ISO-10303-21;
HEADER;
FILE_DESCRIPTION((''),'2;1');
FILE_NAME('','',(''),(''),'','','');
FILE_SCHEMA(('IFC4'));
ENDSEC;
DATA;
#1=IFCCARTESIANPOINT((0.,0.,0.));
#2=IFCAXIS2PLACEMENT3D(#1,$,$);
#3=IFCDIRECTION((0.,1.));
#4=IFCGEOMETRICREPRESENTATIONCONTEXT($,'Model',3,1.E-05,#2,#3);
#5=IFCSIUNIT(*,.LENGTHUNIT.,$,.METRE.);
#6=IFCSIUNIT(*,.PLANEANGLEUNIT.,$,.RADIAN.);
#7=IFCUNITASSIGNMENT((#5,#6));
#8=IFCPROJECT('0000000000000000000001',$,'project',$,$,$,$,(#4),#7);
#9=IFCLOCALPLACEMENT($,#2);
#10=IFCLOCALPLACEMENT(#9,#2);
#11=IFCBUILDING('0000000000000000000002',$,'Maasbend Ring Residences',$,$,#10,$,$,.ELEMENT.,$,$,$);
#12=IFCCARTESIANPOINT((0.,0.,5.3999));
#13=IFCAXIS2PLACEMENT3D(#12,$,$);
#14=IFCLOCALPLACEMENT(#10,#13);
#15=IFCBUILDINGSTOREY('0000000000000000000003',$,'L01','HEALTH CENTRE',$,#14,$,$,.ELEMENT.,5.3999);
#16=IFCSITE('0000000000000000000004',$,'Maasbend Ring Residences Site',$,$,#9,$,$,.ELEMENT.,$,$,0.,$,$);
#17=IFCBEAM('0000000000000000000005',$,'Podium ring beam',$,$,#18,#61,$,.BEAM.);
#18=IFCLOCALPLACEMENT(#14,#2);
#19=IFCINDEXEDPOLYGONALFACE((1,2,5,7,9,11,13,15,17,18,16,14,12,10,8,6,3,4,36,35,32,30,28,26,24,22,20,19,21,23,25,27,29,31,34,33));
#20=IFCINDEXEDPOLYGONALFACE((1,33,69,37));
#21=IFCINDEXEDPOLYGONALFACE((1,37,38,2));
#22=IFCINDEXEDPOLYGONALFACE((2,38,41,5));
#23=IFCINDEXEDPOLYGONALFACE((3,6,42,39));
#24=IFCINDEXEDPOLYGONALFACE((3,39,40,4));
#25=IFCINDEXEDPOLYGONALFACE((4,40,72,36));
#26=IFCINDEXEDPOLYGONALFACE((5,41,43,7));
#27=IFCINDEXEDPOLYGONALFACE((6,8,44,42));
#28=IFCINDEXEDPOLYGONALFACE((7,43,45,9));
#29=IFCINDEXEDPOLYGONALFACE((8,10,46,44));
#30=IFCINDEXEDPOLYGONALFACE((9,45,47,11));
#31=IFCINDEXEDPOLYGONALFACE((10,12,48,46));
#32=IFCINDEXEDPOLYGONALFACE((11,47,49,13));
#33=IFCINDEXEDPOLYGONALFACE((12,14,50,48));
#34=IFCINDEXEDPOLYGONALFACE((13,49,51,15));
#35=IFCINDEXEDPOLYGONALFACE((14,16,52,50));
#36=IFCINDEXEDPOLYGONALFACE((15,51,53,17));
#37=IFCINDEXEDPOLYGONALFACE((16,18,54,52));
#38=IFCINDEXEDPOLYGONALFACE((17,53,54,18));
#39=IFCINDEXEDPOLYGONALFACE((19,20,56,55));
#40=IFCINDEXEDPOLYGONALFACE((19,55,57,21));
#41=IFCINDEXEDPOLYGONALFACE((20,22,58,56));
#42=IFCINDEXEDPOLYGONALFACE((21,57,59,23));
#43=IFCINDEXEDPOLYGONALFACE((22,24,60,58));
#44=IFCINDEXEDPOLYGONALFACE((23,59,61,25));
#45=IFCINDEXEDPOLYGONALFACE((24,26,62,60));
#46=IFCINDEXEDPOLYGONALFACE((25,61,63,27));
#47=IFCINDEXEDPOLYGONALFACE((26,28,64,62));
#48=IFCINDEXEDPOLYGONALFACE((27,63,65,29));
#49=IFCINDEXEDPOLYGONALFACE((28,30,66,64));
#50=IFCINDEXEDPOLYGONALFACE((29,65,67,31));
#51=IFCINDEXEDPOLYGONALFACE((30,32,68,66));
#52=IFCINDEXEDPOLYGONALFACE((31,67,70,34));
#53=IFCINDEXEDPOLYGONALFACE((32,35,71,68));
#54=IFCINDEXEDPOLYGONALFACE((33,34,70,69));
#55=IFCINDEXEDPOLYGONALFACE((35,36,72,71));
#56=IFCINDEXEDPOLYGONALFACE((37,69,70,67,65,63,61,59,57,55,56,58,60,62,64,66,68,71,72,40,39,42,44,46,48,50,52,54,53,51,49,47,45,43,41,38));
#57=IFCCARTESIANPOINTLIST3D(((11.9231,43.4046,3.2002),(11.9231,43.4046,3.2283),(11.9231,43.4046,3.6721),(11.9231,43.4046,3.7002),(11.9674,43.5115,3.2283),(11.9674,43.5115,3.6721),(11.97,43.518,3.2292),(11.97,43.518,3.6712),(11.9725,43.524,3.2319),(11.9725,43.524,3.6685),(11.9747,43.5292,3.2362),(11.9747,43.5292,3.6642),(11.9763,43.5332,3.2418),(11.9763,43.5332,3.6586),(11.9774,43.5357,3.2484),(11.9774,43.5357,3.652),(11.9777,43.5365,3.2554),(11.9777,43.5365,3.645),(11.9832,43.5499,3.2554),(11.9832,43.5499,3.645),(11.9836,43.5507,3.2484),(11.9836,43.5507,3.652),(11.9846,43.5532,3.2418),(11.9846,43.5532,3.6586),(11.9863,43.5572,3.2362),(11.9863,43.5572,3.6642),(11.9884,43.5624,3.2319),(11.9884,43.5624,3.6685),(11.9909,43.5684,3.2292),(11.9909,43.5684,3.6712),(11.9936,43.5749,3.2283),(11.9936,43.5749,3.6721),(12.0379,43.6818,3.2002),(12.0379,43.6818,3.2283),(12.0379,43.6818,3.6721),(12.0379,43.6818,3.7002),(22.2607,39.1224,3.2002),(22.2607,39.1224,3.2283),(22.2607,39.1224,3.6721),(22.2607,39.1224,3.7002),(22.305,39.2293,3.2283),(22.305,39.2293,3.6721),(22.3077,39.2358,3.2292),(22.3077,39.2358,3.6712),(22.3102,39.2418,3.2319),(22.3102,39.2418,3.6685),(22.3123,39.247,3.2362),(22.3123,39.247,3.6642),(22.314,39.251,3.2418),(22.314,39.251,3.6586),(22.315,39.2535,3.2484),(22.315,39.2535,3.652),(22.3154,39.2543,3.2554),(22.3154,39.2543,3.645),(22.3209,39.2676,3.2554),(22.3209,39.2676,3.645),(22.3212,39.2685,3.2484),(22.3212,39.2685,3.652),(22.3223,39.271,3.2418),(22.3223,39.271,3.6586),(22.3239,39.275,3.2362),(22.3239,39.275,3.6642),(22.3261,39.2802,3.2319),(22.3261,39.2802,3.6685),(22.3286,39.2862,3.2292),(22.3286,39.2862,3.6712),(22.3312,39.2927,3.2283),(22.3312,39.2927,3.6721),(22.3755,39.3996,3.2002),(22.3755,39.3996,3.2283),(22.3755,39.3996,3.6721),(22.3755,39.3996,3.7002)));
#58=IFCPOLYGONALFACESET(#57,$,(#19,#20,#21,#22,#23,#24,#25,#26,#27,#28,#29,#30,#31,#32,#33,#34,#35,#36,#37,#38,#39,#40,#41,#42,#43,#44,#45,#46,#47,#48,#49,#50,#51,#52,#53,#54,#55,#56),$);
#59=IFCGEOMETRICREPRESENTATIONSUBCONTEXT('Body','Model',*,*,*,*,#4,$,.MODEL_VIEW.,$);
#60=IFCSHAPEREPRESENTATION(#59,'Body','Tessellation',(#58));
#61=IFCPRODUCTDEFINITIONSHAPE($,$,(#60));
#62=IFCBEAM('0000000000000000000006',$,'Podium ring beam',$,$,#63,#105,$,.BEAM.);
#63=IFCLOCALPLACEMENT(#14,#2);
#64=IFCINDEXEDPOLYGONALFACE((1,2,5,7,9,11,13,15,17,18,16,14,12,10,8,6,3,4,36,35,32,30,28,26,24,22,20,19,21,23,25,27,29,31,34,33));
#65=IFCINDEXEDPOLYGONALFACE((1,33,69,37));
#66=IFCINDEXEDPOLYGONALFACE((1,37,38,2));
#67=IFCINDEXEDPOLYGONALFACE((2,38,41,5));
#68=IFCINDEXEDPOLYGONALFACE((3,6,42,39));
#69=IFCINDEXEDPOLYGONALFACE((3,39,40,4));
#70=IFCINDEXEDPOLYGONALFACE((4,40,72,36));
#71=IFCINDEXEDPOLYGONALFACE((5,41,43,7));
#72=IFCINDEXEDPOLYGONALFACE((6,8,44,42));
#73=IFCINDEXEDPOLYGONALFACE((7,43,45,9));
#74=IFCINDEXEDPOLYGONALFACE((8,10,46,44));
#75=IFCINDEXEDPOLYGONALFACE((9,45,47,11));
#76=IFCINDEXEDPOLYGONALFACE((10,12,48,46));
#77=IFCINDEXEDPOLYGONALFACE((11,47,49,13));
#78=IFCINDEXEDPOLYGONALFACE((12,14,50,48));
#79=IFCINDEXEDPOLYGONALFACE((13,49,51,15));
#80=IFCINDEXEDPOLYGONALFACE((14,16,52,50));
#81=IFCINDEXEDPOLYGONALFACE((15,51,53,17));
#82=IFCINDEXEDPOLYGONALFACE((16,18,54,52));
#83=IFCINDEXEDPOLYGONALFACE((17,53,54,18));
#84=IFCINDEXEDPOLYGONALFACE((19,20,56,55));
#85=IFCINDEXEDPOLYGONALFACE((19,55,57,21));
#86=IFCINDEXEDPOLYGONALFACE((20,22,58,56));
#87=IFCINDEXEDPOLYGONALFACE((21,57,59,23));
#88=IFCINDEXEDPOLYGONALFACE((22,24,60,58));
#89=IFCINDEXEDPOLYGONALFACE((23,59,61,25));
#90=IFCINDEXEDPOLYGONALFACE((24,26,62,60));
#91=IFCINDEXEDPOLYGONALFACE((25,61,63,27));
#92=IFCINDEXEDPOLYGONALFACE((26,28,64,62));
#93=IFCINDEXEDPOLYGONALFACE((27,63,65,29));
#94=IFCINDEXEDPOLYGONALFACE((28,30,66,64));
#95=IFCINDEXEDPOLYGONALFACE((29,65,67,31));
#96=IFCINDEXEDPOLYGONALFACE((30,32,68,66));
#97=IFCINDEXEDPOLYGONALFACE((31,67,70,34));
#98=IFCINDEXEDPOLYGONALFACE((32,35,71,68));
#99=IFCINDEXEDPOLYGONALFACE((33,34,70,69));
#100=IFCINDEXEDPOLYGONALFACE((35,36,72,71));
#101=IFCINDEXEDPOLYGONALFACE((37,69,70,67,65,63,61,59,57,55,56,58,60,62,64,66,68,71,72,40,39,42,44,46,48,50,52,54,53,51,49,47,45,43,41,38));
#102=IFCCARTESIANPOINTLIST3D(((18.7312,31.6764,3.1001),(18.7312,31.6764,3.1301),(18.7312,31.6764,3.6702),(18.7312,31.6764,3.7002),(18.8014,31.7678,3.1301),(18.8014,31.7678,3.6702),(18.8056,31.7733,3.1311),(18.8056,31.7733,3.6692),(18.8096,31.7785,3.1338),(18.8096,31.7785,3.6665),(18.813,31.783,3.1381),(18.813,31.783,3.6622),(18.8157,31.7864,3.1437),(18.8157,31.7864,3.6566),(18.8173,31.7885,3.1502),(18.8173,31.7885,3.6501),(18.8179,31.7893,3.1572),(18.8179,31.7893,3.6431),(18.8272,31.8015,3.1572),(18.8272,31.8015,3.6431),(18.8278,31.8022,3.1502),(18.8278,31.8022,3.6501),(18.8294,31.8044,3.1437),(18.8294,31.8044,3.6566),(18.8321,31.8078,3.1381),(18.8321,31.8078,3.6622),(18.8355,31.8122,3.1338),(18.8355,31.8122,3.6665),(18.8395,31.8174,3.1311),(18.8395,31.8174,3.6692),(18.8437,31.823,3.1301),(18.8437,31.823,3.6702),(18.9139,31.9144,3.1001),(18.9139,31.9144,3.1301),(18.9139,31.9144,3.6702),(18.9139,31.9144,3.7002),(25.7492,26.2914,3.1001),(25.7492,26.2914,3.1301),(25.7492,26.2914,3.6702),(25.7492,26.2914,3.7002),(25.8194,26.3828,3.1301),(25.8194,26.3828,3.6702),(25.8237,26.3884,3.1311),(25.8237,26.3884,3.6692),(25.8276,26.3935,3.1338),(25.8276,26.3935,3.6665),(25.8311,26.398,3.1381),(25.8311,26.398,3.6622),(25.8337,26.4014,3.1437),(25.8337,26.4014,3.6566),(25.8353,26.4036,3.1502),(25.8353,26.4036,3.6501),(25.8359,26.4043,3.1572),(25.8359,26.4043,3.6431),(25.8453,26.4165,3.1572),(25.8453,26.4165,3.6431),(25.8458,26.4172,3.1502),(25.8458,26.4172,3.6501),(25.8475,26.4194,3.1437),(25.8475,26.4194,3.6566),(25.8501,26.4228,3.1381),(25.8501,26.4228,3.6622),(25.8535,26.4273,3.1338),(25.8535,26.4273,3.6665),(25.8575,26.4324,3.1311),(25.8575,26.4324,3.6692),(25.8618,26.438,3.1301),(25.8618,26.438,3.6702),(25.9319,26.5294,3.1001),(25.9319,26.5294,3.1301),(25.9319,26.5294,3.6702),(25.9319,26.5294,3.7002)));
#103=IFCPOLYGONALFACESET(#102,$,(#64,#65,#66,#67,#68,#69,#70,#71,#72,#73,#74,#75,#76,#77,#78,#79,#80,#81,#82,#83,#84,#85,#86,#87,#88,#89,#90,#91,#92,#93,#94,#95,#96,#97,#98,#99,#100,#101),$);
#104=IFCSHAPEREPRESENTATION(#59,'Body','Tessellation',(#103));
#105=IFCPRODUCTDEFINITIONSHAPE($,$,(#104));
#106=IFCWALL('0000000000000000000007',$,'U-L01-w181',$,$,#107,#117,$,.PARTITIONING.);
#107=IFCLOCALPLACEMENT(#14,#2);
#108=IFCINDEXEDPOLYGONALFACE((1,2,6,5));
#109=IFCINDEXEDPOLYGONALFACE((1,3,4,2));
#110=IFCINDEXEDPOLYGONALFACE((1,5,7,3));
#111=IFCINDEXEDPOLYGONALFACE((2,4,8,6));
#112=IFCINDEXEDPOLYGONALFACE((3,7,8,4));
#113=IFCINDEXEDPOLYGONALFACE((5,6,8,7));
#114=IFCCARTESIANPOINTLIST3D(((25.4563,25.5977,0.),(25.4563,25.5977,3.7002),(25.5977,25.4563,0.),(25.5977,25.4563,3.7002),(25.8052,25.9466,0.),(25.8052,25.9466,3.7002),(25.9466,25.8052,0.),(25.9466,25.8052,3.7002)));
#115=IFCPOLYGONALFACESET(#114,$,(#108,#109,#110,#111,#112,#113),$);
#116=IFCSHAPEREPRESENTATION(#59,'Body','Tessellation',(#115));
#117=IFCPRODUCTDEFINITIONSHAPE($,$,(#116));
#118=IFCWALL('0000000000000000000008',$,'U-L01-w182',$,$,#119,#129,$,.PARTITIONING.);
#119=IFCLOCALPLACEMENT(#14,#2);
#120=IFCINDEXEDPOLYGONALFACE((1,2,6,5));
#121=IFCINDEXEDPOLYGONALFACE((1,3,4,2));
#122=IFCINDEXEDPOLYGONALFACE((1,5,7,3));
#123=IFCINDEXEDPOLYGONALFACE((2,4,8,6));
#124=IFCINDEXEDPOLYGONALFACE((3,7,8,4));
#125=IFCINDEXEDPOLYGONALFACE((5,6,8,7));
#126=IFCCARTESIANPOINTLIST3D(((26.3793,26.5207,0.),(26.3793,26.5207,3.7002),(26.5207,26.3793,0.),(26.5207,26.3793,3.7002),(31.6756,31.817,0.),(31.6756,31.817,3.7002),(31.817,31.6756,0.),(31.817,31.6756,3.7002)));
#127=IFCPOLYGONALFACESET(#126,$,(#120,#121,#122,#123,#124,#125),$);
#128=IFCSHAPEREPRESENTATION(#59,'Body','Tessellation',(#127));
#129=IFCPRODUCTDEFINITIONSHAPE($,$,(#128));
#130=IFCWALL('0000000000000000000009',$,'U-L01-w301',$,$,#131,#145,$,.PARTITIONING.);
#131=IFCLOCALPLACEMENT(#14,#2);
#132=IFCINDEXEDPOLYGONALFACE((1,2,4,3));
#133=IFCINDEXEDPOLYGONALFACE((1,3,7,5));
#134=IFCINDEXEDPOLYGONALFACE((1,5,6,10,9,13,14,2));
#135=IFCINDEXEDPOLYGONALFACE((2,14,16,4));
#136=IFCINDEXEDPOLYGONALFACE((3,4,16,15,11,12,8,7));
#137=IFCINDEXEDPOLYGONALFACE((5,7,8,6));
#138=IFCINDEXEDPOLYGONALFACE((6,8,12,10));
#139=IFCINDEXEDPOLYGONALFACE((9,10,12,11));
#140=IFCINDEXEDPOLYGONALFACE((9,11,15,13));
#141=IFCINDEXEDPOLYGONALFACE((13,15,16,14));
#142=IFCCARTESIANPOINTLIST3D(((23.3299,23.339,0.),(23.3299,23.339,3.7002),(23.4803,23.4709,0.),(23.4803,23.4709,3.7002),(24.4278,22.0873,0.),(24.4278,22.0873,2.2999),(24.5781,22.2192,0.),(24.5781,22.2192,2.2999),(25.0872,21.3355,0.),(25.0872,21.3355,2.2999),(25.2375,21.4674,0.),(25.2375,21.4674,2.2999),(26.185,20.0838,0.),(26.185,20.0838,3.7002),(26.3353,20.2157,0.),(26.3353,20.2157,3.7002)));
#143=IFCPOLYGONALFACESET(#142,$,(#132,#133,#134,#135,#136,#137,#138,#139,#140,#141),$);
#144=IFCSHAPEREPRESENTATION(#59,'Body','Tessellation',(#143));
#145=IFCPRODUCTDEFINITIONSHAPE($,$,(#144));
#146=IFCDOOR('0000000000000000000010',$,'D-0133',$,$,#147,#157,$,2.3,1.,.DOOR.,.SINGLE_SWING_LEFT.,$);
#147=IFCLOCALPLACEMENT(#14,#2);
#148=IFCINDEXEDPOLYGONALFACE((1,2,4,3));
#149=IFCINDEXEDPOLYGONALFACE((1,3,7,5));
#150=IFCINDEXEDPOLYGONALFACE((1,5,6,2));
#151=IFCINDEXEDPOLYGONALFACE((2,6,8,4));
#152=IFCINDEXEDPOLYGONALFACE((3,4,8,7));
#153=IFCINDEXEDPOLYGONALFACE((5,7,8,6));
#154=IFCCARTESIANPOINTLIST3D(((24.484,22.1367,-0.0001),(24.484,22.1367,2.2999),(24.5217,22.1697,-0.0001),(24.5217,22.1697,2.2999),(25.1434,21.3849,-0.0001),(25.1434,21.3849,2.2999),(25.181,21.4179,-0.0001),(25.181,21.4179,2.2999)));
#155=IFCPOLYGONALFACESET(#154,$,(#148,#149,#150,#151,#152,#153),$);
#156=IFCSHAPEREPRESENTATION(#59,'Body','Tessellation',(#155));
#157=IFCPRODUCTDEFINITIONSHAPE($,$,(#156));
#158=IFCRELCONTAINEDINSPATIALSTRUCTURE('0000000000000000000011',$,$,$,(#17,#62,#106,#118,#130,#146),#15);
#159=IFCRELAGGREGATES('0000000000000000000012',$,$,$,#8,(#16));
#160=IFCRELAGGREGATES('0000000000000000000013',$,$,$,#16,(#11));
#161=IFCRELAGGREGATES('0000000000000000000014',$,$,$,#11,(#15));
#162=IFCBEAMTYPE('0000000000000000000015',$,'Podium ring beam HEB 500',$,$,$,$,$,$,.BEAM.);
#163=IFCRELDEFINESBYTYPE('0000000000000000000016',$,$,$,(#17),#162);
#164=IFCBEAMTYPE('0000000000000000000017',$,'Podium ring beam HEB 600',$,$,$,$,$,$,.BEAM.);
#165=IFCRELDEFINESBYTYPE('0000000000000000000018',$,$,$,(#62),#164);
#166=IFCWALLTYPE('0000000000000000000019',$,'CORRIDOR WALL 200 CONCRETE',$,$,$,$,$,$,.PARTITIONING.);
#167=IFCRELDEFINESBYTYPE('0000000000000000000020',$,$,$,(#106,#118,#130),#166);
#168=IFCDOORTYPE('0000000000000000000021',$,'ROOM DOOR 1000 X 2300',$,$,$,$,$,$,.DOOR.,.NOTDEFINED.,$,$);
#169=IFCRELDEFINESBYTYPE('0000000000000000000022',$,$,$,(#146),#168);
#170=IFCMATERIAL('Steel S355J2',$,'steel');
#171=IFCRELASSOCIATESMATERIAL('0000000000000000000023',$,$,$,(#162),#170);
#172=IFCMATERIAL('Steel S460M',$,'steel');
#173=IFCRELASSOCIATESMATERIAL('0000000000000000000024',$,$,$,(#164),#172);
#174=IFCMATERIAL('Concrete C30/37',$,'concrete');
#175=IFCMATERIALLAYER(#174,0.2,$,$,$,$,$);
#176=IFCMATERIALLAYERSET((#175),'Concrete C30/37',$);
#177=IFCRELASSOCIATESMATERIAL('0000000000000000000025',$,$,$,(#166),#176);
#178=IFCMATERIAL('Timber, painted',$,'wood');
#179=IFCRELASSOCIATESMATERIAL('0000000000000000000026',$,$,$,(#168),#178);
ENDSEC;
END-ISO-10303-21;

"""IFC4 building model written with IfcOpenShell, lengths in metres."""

from ifc_helpers import new_model, si_unit, direction, frame, frame_2d, origin, origin_2d, place, context, subcontext, project, spatial, rectangle, i_section, extrude, material, layer, layer_set, material_profile, profile_set, type_object, element, fill, save


model = new_model("IFC4")

# Units and contexts
model_context = context("Model", 3, precision=1e-05, world=origin(), true_north=direction((0.0, 1.0)))
body_context = subcontext(model_context, "Body", "Model", "MODEL_VIEW")
ifc_project = project(units=[si_unit("LENGTHUNIT", "METRE"), si_unit("PLANEANGLEUNIT", "RADIAN")], contexts=[model_context])

# Site, building, storey
site_placement = place(None, origin())
site = spatial("IfcSite", under=ifc_project, at=site_placement, Name="Maasbend Ring Residences Site", CompositionType="ELEMENT", RefElevation=0.0)
building_placement = place(site_placement, origin())
building = spatial("IfcBuilding", under=site, at=building_placement, Name="Maasbend Ring Residences", CompositionType="ELEMENT")
storey_placement = place(building_placement, frame((0.0, 0.0, 5.3999)))
storey = spatial("IfcBuildingStorey", under=building, at=storey_placement, Name="L01", Description="HEALTH CENTRE", CompositionType="ELEMENT", Elevation=5.3999)

# Beams
ifc_material_1 = material(Name="Steel S355J2", Category="steel")
ifc_material_profile_1 = material_profile(ifc_material_1, i_section(OverallWidth=0.3, OverallDepth=0.5, WebThickness=0.0144, FlangeThickness=0.0281, FilletRadius=0.0271, at=origin_2d()), Name="HEB 500")
ifc_profile_set_1 = profile_set([ifc_material_profile_1], Name="Steel S355J2")
beam_type_1 = type_object("IfcBeamType", Name="Podium ring beam HEB 500", PredefinedType="BEAM", material=ifc_profile_set_1)
for number, where, z_axis, x_axis, name in (
    (1, (22.3181, 39.261, 3.4502), (-0.923872, 0.382701, 0.0), (-0.382701, -0.923872, 0.0), "Podium ring beam"),
):
    element("IfcBeam", number, at=place(storey_placement, frame(where, z_axis=z_axis, x_axis=x_axis)), inside=storey, type_object=beam_type_1, Name=name, PredefinedType="BEAM", context=body_context, shape_type="SweptSolid", body=[
        extrude(i_section(OverallWidth=0.3, OverallDepth=0.5, WebThickness=0.0144, FlangeThickness=0.0281, FilletRadius=0.0271, at=origin_2d()), origin(), (0.0, 0.0, 1.0), 11.1895),
    ])
ifc_material_2 = material(Name="Steel S460M", Category="steel")
ifc_material_profile_2 = material_profile(ifc_material_2, i_section(OverallWidth=0.3, OverallDepth=0.6001, WebThickness=0.0154, FlangeThickness=0.03, FilletRadius=0.0271, at=origin_2d()), Name="HEB 600")
ifc_profile_set_2 = profile_set([ifc_material_profile_2], Name="Steel S460M")
beam_type_2 = type_object("IfcBeamType", Name="Podium ring beam HEB 600", PredefinedType="BEAM", material=ifc_profile_set_2)
beam_placement = place(storey_placement, frame((25.8406, 26.4104, 3.4001), z_axis=(-0.793361, 0.608751, 0.0), x_axis=(-0.608751, -0.793361, 0.0)))
element("IfcBeam", 2, at=beam_placement, inside=storey, type_object=beam_type_2, Name="Podium ring beam", PredefinedType="BEAM", context=body_context, shape_type="SweptSolid", body=[
    extrude(i_section(OverallWidth=0.3, OverallDepth=0.6001, WebThickness=0.0154, FlangeThickness=0.03, FilletRadius=0.0271, at=origin_2d()), origin(), (0.0, 0.0, 1.0), 8.8459),
])

# Walls
ifc_material_3 = material(Name="Concrete C30/37", Category="concrete")
ifc_layer_1 = layer(ifc_material_3, 0.2)
ifc_layer_set_1 = layer_set([ifc_layer_1], Name="Concrete C30/37")
wall_type_1 = type_object("IfcWallType", Name="CORRIDOR WALL 200 CONCRETE", PredefinedType="PARTITIONING", material=ifc_layer_set_1)
wall_1_placement = place(storey_placement, frame((25.5271, 25.5271, 0.0), z_axis=(0.0, 0.0, 1.0), x_axis=(0.707107, 0.707107, 0.0)))
element("IfcWall", 3, at=wall_1_placement, inside=storey, type_object=wall_type_1, Name="U-L01-w181", PredefinedType="PARTITIONING", context=body_context, shape_type="SweptSolid", body=[
    extrude(rectangle(XDim=0.4934, YDim=0.2, at=frame_2d((0.2466, 0.0))), origin(), (0.0, 0.0, 1.0), 3.7002),
])
wall_2_placement = place(storey_placement, frame((26.45, 26.45, 0.0), z_axis=(0.0, 0.0, 1.0), x_axis=(0.707107, 0.707107, 0.0)))
element("IfcWall", 4, at=wall_2_placement, inside=storey, type_object=wall_type_1, Name="U-L01-w182", PredefinedType="PARTITIONING", context=body_context, shape_type="SweptSolid", body=[
    extrude(rectangle(XDim=7.49, YDim=0.2, at=frame_2d((3.7451, 0.0))), origin(), (0.0, 0.0, 1.0), 3.7002),
])

# Wall, opening, door
wall_3_placement = place(storey_placement, frame((23.405, 23.405, 0.0), z_axis=(0.0, 0.0, 1.0), x_axis=(0.659386, -0.751804, 0.0)))
wall_3 = element("IfcWall", 5, at=wall_3_placement, inside=storey, type_object=wall_type_1, Name="U-L01-w301", PredefinedType="PARTITIONING", context=body_context, shape_type="SweptSolid", body=[
    extrude(rectangle(XDim=4.3298, YDim=0.2, at=frame_2d((2.165, 0.0))), origin(), (0.0, 0.0, 1.0), 3.7002),
])
opening_1_placement = place(wall_3_placement, frame((1.665, 0.0, 0.0)))
opening_1 = element("IfcOpeningElement", 6, at=opening_1_placement, cuts=wall_3, PredefinedType="OPENING", context=body_context, shape_type="SweptSolid", body=[
    extrude(rectangle(XDim=1.0, YDim=2.3, at=frame_2d((0.5, 1.1499))), frame((0.0, 0.1099, 0.0), z_axis=(0.0, -1.0, 0.0), x_axis=(1.0, 0.0, 0.0)), (0.0, 0.0, 1.0), 0.22),
])
ifc_material_4 = material(Name="Timber, painted", Category="wood")
door_type_1 = type_object("IfcDoorType", Name="ROOM DOOR 1000 X 2300", OperationType="NOTDEFINED", PredefinedType="DOOR", material=ifc_material_4)
door_1_placement = place(opening_1_placement, origin())
door_1 = element("IfcDoor", 7, at=door_1_placement, inside=storey, type_object=door_type_1, Name="D-0133", OperationType="SINGLE_SWING_LEFT", OverallHeight=2.3, OverallWidth=1.0, PredefinedType="DOOR", context=body_context, shape_type="SweptSolid", body=[
    extrude(rectangle(XDim=1.0, YDim=2.3, at=frame_2d((0.5, 1.1499))), frame((0.0, 0.0249, 0.0), z_axis=(0.0, -1.0, 0.0), x_axis=(1.0, 0.0, 0.0)), (0.0, 0.0, 1.0), 0.05),
])
fill(opening_1, door_1)

save(model, "model.ifc")
